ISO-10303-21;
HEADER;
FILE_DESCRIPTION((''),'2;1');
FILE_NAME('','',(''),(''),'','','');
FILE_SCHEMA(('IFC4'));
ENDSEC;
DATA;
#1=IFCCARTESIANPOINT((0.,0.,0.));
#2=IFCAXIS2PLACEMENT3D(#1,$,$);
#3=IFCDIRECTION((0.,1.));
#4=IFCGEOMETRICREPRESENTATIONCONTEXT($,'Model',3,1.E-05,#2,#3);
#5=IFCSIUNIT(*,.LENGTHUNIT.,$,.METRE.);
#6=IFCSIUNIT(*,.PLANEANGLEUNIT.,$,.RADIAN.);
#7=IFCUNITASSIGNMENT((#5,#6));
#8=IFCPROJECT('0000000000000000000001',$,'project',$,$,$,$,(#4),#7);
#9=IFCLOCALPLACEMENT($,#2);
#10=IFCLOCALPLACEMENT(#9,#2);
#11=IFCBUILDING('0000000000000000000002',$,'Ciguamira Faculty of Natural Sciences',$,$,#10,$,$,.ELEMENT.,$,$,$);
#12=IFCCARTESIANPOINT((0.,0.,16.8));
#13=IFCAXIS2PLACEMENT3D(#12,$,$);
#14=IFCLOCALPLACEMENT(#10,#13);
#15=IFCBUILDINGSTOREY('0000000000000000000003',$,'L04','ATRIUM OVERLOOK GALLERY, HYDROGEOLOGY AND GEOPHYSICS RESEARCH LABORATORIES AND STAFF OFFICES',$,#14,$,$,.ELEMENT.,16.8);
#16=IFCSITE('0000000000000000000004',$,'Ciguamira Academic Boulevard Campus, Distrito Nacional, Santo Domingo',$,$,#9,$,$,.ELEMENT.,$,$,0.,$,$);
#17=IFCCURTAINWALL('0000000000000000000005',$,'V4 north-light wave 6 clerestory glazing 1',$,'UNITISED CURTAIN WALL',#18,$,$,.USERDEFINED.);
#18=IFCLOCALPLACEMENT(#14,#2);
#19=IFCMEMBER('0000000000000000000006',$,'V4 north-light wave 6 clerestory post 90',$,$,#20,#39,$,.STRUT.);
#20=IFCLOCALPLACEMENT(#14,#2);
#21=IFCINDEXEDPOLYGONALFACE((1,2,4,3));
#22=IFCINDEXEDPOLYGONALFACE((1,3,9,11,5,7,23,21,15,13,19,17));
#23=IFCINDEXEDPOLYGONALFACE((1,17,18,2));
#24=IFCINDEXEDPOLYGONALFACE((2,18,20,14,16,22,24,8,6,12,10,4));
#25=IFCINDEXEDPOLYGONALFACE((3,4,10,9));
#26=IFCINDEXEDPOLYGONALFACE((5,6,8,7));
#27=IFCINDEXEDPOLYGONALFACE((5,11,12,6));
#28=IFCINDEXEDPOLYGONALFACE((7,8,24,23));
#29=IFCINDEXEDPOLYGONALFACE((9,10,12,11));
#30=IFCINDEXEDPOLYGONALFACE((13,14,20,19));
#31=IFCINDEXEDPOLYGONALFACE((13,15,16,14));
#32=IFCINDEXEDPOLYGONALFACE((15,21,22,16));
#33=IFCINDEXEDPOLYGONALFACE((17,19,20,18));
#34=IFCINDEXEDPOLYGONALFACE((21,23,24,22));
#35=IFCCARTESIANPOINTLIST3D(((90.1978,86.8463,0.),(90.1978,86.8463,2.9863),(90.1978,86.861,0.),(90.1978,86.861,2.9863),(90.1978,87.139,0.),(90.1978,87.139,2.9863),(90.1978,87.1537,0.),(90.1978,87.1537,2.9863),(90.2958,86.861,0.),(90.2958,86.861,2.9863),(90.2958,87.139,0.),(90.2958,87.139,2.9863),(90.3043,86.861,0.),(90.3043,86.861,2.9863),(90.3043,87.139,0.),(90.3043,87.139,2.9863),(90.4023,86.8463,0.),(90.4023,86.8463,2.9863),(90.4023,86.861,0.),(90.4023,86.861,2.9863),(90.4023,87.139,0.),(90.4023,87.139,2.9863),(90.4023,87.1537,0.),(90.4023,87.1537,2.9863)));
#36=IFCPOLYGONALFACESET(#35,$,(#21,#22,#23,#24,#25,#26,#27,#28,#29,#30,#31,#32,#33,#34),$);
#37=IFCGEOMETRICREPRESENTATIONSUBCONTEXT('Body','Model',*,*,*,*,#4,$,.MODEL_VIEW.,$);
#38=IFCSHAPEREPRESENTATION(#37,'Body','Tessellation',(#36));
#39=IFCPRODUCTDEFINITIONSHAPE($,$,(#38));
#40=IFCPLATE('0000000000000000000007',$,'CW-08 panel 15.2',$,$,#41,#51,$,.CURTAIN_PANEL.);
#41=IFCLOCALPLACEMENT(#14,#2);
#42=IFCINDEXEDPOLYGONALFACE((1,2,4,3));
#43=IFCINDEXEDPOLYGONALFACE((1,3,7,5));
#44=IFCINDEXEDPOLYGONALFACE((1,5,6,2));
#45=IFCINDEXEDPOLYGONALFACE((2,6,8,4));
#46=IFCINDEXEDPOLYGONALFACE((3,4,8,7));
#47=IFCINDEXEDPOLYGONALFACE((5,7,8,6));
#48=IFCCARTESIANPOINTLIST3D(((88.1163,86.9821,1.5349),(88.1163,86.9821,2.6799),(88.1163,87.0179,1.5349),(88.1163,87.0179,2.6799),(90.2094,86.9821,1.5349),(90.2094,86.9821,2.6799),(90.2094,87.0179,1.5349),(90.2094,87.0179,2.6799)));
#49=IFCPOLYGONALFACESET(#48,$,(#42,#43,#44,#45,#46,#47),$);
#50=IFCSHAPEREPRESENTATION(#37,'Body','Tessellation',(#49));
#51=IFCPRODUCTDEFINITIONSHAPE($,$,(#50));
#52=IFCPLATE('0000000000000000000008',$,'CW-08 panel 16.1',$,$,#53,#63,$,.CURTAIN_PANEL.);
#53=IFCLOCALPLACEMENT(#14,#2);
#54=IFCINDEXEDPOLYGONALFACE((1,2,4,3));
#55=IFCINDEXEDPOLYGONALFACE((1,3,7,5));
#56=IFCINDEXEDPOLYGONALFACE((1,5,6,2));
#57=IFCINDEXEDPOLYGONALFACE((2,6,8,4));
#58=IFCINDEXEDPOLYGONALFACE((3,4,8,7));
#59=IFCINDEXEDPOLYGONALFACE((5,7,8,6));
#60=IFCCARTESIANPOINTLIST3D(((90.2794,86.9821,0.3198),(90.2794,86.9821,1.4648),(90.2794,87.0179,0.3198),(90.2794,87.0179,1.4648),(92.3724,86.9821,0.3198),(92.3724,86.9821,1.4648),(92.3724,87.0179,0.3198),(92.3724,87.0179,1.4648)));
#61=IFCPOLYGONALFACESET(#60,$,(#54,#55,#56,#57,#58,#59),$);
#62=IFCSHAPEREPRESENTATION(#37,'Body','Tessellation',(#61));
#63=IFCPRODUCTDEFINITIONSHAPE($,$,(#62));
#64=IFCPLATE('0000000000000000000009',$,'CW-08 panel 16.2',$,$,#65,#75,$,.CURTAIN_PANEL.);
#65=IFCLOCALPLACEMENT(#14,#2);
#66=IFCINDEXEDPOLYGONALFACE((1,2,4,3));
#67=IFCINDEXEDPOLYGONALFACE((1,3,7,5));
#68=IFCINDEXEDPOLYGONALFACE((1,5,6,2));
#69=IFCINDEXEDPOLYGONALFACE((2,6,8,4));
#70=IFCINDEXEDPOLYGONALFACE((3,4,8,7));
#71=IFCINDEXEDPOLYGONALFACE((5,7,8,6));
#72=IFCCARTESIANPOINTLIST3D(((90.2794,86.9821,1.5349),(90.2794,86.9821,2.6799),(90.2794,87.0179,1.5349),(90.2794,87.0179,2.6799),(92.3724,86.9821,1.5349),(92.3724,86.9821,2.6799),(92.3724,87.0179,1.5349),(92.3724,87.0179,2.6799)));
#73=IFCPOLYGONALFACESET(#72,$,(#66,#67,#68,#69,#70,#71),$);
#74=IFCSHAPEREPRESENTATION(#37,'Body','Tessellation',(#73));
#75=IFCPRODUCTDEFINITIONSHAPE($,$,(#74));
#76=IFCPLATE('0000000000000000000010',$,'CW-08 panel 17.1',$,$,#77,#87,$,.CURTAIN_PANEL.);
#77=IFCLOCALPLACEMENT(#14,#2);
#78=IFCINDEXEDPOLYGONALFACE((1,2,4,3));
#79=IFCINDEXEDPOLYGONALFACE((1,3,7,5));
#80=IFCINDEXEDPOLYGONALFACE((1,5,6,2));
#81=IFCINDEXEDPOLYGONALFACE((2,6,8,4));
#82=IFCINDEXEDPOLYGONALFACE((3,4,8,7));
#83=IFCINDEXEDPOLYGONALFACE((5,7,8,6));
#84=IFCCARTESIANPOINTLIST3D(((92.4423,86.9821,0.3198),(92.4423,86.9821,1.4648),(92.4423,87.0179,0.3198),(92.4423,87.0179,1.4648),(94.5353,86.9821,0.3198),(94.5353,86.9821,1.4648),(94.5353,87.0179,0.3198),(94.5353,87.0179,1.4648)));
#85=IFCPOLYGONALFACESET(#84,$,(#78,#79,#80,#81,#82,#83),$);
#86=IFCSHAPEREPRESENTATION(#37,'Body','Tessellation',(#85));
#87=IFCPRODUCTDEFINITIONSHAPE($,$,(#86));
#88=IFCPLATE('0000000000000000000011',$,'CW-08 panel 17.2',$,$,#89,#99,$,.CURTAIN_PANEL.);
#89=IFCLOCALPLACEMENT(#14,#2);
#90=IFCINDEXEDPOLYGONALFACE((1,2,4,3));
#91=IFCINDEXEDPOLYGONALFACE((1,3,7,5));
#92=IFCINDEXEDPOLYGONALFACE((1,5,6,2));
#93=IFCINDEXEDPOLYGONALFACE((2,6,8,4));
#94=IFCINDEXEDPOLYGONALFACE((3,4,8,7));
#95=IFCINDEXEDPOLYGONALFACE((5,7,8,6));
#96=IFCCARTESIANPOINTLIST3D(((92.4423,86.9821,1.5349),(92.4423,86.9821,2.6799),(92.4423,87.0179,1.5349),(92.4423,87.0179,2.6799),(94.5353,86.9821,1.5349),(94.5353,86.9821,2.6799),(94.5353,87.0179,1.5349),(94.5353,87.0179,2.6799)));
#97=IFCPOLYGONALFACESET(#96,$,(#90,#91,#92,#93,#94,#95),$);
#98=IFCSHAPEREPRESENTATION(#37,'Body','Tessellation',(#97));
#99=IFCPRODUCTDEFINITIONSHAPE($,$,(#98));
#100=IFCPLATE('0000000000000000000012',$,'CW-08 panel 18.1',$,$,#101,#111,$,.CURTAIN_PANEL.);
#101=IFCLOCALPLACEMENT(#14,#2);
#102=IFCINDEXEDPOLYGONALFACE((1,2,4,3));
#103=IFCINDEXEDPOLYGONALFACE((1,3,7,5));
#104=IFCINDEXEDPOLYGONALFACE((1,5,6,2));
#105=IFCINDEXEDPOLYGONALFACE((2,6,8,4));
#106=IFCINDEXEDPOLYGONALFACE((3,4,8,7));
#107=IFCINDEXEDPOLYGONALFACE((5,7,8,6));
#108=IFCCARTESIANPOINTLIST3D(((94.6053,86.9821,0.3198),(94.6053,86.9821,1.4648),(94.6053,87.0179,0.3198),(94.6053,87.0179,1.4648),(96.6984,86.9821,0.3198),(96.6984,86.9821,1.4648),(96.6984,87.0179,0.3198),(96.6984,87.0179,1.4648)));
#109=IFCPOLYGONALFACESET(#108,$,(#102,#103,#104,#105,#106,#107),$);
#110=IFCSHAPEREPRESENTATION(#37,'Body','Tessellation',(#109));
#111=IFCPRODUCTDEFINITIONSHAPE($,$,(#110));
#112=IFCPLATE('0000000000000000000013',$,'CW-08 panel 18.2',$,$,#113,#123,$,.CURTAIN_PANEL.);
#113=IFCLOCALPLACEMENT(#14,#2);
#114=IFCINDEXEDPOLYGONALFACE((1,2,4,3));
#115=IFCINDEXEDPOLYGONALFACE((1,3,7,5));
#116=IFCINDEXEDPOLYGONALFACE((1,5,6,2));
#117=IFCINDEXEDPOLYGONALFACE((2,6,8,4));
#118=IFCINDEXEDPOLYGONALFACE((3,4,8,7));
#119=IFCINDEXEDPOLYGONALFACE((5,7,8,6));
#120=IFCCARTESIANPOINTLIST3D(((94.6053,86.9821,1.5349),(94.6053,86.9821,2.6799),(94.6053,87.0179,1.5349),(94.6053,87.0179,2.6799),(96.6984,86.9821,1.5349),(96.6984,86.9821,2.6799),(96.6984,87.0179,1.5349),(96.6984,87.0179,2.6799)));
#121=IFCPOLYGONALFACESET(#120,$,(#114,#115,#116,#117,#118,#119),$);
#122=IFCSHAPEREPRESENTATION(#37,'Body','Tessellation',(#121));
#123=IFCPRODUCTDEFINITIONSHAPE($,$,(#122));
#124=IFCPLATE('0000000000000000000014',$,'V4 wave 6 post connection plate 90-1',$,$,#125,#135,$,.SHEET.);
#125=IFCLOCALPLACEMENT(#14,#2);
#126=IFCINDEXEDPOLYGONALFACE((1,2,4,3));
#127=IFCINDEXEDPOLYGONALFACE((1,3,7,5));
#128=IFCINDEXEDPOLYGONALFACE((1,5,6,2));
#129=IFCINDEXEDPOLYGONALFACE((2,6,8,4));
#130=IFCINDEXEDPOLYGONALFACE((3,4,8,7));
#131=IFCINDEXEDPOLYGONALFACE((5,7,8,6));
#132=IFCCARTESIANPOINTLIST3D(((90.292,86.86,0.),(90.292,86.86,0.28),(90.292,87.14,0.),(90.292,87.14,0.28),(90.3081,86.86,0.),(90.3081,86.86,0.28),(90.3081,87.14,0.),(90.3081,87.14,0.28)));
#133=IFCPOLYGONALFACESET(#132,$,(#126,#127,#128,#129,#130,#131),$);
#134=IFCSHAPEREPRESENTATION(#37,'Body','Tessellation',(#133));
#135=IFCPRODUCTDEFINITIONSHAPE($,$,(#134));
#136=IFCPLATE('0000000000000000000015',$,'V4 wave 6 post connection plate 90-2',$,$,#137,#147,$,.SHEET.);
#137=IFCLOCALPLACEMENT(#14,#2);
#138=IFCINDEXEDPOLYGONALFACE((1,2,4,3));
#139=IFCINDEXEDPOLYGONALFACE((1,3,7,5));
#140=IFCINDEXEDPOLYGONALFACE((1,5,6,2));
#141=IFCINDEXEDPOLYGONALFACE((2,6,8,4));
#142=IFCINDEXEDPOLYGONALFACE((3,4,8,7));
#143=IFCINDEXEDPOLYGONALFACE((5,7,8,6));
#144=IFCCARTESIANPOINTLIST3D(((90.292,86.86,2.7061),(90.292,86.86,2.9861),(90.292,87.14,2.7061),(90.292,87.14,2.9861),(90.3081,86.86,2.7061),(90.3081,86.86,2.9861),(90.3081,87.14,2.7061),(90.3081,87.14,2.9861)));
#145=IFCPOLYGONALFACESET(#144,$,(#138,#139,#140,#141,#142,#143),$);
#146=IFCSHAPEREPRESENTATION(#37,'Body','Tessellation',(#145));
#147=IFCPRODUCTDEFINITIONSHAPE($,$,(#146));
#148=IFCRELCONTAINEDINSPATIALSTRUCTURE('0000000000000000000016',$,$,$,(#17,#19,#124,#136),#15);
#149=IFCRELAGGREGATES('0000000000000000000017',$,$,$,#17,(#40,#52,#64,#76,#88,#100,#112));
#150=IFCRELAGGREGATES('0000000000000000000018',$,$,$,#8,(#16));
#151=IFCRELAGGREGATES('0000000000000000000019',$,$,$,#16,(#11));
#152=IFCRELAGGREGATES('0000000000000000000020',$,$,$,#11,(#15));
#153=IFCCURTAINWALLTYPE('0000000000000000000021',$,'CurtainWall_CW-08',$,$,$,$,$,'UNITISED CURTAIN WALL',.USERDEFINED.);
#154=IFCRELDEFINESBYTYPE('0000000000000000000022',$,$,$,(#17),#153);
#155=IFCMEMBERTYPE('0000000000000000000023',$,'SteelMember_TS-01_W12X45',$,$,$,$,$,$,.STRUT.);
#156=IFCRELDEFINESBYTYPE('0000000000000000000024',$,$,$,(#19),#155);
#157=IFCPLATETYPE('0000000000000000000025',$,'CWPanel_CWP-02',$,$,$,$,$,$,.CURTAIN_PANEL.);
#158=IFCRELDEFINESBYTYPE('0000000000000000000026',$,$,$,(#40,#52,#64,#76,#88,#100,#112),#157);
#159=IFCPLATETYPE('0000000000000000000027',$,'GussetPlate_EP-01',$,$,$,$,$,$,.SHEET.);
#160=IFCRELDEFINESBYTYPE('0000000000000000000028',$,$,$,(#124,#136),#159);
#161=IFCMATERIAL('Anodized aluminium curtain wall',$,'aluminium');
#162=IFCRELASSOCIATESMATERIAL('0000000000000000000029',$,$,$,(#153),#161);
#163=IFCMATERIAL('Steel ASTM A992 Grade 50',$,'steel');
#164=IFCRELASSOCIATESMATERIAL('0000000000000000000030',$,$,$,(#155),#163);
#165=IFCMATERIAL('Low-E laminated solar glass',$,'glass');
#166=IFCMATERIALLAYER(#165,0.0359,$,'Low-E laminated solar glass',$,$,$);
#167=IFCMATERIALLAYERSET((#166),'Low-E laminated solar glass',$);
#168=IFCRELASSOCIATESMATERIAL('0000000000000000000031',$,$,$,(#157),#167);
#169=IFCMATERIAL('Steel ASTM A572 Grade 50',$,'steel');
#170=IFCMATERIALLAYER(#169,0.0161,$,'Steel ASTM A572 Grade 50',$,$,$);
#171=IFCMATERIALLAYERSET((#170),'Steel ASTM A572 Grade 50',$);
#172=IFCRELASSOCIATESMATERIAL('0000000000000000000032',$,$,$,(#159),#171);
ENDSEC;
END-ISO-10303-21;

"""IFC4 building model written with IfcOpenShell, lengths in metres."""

from ifc_helpers import new_model, si_unit, direction, frame, origin, origin_2d, place, context, subcontext, project, spatial, rectangle, i_section, extrude, material, layer, layer_set, material_profile, profile_set, type_object, element, aggregate, save


model = new_model("IFC4")

# Units and contexts
model_context = context("Model", 3, precision=1e-05, world=origin(), true_north=direction((0.0, 1.0)))
body_context = subcontext(model_context, "Body", "Model", "MODEL_VIEW")
ifc_project = project(units=[si_unit("LENGTHUNIT", "METRE"), si_unit("PLANEANGLEUNIT", "RADIAN")], contexts=[model_context])

# Site, building, storey
site_placement = place(None, origin())
site = spatial("IfcSite", under=ifc_project, at=site_placement, Name="Ciguamira Academic Boulevard Campus, Distrito Nacional, Santo Domingo", CompositionType="ELEMENT", RefElevation=0.0)
building_placement = place(site_placement, origin())
building = spatial("IfcBuilding", under=site, at=building_placement, Name="Ciguamira Faculty of Natural Sciences", CompositionType="ELEMENT")
storey_placement = place(building_placement, frame((0.0, 0.0, 16.8)))
storey = spatial("IfcBuildingStorey", under=building, at=storey_placement, Name="L04", Description="ATRIUM OVERLOOK GALLERY, HYDROGEOLOGY AND GEOPHYSICS RESEARCH LABORATORIES AND STAFF OFFICES", CompositionType="ELEMENT", Elevation=16.8)

# Curtain wall
ifc_material_1 = material(Name="Anodized aluminium curtain wall", Category="aluminium")
curtain_wall_type = type_object("IfcCurtainWallType", Name="CurtainWall_CW-08", ElementType="UNITISED CURTAIN WALL", PredefinedType="USERDEFINED", material=ifc_material_1)
curtain_wall_placement = place(storey_placement, origin())
curtain_wall = element("IfcCurtainWall", 1, at=curtain_wall_placement, inside=storey, type_object=curtain_wall_type, Name="V4 north-light wave 6 clerestory glazing 1", ObjectType="UNITISED CURTAIN WALL", PredefinedType="USERDEFINED")

# Member
ifc_material_2 = material(Name="Steel ASTM A992 Grade 50", Category="steel")
ifc_material_profile_1 = material_profile(ifc_material_2, i_section(OverallWidth=0.2046, OverallDepth=0.3074, WebThickness=0.0085, FlangeThickness=0.0146, at=origin_2d()), Name="W12X45")
ifc_profile_set_1 = profile_set([ifc_material_profile_1], Name="Steel ASTM A992 Grade 50")
member_type_1 = type_object("IfcMemberType", Name="SteelMember_TS-01_W12X45", PredefinedType="STRUT", material=ifc_profile_set_1)
member_1_placement = place(storey_placement, frame((90.3, 87.0, 0.0), z_axis=(0.0, 0.0, 1.0), x_axis=(1.0, 0.0, 0.0)))
element("IfcMember", 2, at=member_1_placement, inside=storey, type_object=member_type_1, Name="V4 north-light wave 6 clerestory post 90", PredefinedType="STRUT", context=body_context, shape_type="SweptSolid", body=[
    extrude(i_section(OverallWidth=0.2046, OverallDepth=0.3074, WebThickness=0.0085, FlangeThickness=0.0146, at=origin_2d()), origin(), (0.0, 0.0, 1.0), 2.9863),
])

# Plates
ifc_material_3 = material(Name="Low-E laminated solar glass", Category="glass")
ifc_layer_1 = layer(ifc_material_3, 0.0359, Name="Low-E laminated solar glass")
ifc_layer_set_1 = layer_set([ifc_layer_1], Name="Low-E laminated solar glass")
plate_type_1 = type_object("IfcPlateType", Name="CWPanel_CWP-02", PredefinedType="CURTAIN_PANEL", material=ifc_layer_set_1)
plate_1_placement = place(storey_placement, frame((89.1628, 87.0, 1.5349), z_axis=(0.0, 0.0, 1.0), x_axis=(1.0, 0.0, 0.0)))
plate_1 = element("IfcPlate", 3, at=plate_1_placement, type_object=plate_type_1, Name="CW-08 panel 15.2", PredefinedType="CURTAIN_PANEL", context=body_context, shape_type="SweptSolid", body=[
    extrude(rectangle(XDim=2.093, YDim=0.0359, at=origin_2d()), origin(), (0.0, 0.0, 1.0), 1.145),
])
plate_2_placement = place(storey_placement, frame((91.3259, 87.0, 0.3198), z_axis=(0.0, 0.0, 1.0), x_axis=(1.0, 0.0, 0.0)))
plate_2 = element("IfcPlate", 4, at=plate_2_placement, type_object=plate_type_1, Name="CW-08 panel 16.1", PredefinedType="CURTAIN_PANEL", context=body_context, shape_type="SweptSolid", body=[
    extrude(rectangle(XDim=2.093, YDim=0.0359, at=origin_2d()), origin(), (0.0, 0.0, 1.0), 1.145),
])
plate_3_placement = place(storey_placement, frame((91.3259, 87.0, 1.5349), z_axis=(0.0, 0.0, 1.0), x_axis=(1.0, 0.0, 0.0)))
plate_3 = element("IfcPlate", 5, at=plate_3_placement, type_object=plate_type_1, Name="CW-08 panel 16.2", PredefinedType="CURTAIN_PANEL", context=body_context, shape_type="SweptSolid", body=[
    extrude(rectangle(XDim=2.093, YDim=0.0359, at=origin_2d()), origin(), (0.0, 0.0, 1.0), 1.145),
])
plate_4_placement = place(storey_placement, frame((93.4888, 87.0, 0.3198), z_axis=(0.0, 0.0, 1.0), x_axis=(1.0, 0.0, 0.0)))
plate_4 = element("IfcPlate", 6, at=plate_4_placement, type_object=plate_type_1, Name="CW-08 panel 17.1", PredefinedType="CURTAIN_PANEL", context=body_context, shape_type="SweptSolid", body=[
    extrude(rectangle(XDim=2.093, YDim=0.0359, at=origin_2d()), origin(), (0.0, 0.0, 1.0), 1.145),
])
plate_5_placement = place(storey_placement, frame((93.4888, 87.0, 1.5349), z_axis=(0.0, 0.0, 1.0), x_axis=(1.0, 0.0, 0.0)))
plate_5 = element("IfcPlate", 7, at=plate_5_placement, type_object=plate_type_1, Name="CW-08 panel 17.2", PredefinedType="CURTAIN_PANEL", context=body_context, shape_type="SweptSolid", body=[
    extrude(rectangle(XDim=2.093, YDim=0.0359, at=origin_2d()), origin(), (0.0, 0.0, 1.0), 1.145),
])
plate_6_placement = place(storey_placement, frame((95.6519, 87.0, 0.3198), z_axis=(0.0, 0.0, 1.0), x_axis=(1.0, 0.0, 0.0)))
plate_6 = element("IfcPlate", 8, at=plate_6_placement, type_object=plate_type_1, Name="CW-08 panel 18.1", PredefinedType="CURTAIN_PANEL", context=body_context, shape_type="SweptSolid", body=[
    extrude(rectangle(XDim=2.093, YDim=0.0359, at=origin_2d()), origin(), (0.0, 0.0, 1.0), 1.145),
])
plate_7_placement = place(storey_placement, frame((95.6519, 87.0, 1.5349), z_axis=(0.0, 0.0, 1.0), x_axis=(1.0, 0.0, 0.0)))
plate_7 = element("IfcPlate", 9, at=plate_7_placement, type_object=plate_type_1, Name="CW-08 panel 18.2", PredefinedType="CURTAIN_PANEL", context=body_context, shape_type="SweptSolid", body=[
    extrude(rectangle(XDim=2.093, YDim=0.0359, at=origin_2d()), origin(), (0.0, 0.0, 1.0), 1.145),
])
aggregate(curtain_wall, [plate_1, plate_2, plate_3, plate_4, plate_5, plate_6, plate_7])

# Plates
ifc_material_4 = material(Name="Steel ASTM A572 Grade 50", Category="steel")
ifc_layer_2 = layer(ifc_material_4, 0.0161, Name="Steel ASTM A572 Grade 50")
ifc_layer_set_2 = layer_set([ifc_layer_2], Name="Steel ASTM A572 Grade 50")
plate_type_2 = type_object("IfcPlateType", Name="GussetPlate_EP-01", PredefinedType="SHEET", material=ifc_layer_set_2)
for number, where, z_axis, x_axis, name in (
    (10, (90.3, 87.0, 0.0), (0.0, 0.0, 1.0), (1.0, 0.0, 0.0), "V4 wave 6 post connection plate 90-1"),
    (11, (90.3, 87.0, 2.7061), (0.0, 0.0, 1.0), (1.0, 0.0, 0.0), "V4 wave 6 post connection plate 90-2"),
):
    element("IfcPlate", number, at=place(storey_placement, frame(where, z_axis=z_axis, x_axis=x_axis)), inside=storey, type_object=plate_type_2, Name=name, PredefinedType="SHEET", context=body_context, shape_type="SweptSolid", body=[
        extrude(rectangle(XDim=0.0161, YDim=0.28, at=origin_2d()), origin(), (0.0, 0.0, 1.0), 0.28),
    ])

save(model, "model.ifc")
